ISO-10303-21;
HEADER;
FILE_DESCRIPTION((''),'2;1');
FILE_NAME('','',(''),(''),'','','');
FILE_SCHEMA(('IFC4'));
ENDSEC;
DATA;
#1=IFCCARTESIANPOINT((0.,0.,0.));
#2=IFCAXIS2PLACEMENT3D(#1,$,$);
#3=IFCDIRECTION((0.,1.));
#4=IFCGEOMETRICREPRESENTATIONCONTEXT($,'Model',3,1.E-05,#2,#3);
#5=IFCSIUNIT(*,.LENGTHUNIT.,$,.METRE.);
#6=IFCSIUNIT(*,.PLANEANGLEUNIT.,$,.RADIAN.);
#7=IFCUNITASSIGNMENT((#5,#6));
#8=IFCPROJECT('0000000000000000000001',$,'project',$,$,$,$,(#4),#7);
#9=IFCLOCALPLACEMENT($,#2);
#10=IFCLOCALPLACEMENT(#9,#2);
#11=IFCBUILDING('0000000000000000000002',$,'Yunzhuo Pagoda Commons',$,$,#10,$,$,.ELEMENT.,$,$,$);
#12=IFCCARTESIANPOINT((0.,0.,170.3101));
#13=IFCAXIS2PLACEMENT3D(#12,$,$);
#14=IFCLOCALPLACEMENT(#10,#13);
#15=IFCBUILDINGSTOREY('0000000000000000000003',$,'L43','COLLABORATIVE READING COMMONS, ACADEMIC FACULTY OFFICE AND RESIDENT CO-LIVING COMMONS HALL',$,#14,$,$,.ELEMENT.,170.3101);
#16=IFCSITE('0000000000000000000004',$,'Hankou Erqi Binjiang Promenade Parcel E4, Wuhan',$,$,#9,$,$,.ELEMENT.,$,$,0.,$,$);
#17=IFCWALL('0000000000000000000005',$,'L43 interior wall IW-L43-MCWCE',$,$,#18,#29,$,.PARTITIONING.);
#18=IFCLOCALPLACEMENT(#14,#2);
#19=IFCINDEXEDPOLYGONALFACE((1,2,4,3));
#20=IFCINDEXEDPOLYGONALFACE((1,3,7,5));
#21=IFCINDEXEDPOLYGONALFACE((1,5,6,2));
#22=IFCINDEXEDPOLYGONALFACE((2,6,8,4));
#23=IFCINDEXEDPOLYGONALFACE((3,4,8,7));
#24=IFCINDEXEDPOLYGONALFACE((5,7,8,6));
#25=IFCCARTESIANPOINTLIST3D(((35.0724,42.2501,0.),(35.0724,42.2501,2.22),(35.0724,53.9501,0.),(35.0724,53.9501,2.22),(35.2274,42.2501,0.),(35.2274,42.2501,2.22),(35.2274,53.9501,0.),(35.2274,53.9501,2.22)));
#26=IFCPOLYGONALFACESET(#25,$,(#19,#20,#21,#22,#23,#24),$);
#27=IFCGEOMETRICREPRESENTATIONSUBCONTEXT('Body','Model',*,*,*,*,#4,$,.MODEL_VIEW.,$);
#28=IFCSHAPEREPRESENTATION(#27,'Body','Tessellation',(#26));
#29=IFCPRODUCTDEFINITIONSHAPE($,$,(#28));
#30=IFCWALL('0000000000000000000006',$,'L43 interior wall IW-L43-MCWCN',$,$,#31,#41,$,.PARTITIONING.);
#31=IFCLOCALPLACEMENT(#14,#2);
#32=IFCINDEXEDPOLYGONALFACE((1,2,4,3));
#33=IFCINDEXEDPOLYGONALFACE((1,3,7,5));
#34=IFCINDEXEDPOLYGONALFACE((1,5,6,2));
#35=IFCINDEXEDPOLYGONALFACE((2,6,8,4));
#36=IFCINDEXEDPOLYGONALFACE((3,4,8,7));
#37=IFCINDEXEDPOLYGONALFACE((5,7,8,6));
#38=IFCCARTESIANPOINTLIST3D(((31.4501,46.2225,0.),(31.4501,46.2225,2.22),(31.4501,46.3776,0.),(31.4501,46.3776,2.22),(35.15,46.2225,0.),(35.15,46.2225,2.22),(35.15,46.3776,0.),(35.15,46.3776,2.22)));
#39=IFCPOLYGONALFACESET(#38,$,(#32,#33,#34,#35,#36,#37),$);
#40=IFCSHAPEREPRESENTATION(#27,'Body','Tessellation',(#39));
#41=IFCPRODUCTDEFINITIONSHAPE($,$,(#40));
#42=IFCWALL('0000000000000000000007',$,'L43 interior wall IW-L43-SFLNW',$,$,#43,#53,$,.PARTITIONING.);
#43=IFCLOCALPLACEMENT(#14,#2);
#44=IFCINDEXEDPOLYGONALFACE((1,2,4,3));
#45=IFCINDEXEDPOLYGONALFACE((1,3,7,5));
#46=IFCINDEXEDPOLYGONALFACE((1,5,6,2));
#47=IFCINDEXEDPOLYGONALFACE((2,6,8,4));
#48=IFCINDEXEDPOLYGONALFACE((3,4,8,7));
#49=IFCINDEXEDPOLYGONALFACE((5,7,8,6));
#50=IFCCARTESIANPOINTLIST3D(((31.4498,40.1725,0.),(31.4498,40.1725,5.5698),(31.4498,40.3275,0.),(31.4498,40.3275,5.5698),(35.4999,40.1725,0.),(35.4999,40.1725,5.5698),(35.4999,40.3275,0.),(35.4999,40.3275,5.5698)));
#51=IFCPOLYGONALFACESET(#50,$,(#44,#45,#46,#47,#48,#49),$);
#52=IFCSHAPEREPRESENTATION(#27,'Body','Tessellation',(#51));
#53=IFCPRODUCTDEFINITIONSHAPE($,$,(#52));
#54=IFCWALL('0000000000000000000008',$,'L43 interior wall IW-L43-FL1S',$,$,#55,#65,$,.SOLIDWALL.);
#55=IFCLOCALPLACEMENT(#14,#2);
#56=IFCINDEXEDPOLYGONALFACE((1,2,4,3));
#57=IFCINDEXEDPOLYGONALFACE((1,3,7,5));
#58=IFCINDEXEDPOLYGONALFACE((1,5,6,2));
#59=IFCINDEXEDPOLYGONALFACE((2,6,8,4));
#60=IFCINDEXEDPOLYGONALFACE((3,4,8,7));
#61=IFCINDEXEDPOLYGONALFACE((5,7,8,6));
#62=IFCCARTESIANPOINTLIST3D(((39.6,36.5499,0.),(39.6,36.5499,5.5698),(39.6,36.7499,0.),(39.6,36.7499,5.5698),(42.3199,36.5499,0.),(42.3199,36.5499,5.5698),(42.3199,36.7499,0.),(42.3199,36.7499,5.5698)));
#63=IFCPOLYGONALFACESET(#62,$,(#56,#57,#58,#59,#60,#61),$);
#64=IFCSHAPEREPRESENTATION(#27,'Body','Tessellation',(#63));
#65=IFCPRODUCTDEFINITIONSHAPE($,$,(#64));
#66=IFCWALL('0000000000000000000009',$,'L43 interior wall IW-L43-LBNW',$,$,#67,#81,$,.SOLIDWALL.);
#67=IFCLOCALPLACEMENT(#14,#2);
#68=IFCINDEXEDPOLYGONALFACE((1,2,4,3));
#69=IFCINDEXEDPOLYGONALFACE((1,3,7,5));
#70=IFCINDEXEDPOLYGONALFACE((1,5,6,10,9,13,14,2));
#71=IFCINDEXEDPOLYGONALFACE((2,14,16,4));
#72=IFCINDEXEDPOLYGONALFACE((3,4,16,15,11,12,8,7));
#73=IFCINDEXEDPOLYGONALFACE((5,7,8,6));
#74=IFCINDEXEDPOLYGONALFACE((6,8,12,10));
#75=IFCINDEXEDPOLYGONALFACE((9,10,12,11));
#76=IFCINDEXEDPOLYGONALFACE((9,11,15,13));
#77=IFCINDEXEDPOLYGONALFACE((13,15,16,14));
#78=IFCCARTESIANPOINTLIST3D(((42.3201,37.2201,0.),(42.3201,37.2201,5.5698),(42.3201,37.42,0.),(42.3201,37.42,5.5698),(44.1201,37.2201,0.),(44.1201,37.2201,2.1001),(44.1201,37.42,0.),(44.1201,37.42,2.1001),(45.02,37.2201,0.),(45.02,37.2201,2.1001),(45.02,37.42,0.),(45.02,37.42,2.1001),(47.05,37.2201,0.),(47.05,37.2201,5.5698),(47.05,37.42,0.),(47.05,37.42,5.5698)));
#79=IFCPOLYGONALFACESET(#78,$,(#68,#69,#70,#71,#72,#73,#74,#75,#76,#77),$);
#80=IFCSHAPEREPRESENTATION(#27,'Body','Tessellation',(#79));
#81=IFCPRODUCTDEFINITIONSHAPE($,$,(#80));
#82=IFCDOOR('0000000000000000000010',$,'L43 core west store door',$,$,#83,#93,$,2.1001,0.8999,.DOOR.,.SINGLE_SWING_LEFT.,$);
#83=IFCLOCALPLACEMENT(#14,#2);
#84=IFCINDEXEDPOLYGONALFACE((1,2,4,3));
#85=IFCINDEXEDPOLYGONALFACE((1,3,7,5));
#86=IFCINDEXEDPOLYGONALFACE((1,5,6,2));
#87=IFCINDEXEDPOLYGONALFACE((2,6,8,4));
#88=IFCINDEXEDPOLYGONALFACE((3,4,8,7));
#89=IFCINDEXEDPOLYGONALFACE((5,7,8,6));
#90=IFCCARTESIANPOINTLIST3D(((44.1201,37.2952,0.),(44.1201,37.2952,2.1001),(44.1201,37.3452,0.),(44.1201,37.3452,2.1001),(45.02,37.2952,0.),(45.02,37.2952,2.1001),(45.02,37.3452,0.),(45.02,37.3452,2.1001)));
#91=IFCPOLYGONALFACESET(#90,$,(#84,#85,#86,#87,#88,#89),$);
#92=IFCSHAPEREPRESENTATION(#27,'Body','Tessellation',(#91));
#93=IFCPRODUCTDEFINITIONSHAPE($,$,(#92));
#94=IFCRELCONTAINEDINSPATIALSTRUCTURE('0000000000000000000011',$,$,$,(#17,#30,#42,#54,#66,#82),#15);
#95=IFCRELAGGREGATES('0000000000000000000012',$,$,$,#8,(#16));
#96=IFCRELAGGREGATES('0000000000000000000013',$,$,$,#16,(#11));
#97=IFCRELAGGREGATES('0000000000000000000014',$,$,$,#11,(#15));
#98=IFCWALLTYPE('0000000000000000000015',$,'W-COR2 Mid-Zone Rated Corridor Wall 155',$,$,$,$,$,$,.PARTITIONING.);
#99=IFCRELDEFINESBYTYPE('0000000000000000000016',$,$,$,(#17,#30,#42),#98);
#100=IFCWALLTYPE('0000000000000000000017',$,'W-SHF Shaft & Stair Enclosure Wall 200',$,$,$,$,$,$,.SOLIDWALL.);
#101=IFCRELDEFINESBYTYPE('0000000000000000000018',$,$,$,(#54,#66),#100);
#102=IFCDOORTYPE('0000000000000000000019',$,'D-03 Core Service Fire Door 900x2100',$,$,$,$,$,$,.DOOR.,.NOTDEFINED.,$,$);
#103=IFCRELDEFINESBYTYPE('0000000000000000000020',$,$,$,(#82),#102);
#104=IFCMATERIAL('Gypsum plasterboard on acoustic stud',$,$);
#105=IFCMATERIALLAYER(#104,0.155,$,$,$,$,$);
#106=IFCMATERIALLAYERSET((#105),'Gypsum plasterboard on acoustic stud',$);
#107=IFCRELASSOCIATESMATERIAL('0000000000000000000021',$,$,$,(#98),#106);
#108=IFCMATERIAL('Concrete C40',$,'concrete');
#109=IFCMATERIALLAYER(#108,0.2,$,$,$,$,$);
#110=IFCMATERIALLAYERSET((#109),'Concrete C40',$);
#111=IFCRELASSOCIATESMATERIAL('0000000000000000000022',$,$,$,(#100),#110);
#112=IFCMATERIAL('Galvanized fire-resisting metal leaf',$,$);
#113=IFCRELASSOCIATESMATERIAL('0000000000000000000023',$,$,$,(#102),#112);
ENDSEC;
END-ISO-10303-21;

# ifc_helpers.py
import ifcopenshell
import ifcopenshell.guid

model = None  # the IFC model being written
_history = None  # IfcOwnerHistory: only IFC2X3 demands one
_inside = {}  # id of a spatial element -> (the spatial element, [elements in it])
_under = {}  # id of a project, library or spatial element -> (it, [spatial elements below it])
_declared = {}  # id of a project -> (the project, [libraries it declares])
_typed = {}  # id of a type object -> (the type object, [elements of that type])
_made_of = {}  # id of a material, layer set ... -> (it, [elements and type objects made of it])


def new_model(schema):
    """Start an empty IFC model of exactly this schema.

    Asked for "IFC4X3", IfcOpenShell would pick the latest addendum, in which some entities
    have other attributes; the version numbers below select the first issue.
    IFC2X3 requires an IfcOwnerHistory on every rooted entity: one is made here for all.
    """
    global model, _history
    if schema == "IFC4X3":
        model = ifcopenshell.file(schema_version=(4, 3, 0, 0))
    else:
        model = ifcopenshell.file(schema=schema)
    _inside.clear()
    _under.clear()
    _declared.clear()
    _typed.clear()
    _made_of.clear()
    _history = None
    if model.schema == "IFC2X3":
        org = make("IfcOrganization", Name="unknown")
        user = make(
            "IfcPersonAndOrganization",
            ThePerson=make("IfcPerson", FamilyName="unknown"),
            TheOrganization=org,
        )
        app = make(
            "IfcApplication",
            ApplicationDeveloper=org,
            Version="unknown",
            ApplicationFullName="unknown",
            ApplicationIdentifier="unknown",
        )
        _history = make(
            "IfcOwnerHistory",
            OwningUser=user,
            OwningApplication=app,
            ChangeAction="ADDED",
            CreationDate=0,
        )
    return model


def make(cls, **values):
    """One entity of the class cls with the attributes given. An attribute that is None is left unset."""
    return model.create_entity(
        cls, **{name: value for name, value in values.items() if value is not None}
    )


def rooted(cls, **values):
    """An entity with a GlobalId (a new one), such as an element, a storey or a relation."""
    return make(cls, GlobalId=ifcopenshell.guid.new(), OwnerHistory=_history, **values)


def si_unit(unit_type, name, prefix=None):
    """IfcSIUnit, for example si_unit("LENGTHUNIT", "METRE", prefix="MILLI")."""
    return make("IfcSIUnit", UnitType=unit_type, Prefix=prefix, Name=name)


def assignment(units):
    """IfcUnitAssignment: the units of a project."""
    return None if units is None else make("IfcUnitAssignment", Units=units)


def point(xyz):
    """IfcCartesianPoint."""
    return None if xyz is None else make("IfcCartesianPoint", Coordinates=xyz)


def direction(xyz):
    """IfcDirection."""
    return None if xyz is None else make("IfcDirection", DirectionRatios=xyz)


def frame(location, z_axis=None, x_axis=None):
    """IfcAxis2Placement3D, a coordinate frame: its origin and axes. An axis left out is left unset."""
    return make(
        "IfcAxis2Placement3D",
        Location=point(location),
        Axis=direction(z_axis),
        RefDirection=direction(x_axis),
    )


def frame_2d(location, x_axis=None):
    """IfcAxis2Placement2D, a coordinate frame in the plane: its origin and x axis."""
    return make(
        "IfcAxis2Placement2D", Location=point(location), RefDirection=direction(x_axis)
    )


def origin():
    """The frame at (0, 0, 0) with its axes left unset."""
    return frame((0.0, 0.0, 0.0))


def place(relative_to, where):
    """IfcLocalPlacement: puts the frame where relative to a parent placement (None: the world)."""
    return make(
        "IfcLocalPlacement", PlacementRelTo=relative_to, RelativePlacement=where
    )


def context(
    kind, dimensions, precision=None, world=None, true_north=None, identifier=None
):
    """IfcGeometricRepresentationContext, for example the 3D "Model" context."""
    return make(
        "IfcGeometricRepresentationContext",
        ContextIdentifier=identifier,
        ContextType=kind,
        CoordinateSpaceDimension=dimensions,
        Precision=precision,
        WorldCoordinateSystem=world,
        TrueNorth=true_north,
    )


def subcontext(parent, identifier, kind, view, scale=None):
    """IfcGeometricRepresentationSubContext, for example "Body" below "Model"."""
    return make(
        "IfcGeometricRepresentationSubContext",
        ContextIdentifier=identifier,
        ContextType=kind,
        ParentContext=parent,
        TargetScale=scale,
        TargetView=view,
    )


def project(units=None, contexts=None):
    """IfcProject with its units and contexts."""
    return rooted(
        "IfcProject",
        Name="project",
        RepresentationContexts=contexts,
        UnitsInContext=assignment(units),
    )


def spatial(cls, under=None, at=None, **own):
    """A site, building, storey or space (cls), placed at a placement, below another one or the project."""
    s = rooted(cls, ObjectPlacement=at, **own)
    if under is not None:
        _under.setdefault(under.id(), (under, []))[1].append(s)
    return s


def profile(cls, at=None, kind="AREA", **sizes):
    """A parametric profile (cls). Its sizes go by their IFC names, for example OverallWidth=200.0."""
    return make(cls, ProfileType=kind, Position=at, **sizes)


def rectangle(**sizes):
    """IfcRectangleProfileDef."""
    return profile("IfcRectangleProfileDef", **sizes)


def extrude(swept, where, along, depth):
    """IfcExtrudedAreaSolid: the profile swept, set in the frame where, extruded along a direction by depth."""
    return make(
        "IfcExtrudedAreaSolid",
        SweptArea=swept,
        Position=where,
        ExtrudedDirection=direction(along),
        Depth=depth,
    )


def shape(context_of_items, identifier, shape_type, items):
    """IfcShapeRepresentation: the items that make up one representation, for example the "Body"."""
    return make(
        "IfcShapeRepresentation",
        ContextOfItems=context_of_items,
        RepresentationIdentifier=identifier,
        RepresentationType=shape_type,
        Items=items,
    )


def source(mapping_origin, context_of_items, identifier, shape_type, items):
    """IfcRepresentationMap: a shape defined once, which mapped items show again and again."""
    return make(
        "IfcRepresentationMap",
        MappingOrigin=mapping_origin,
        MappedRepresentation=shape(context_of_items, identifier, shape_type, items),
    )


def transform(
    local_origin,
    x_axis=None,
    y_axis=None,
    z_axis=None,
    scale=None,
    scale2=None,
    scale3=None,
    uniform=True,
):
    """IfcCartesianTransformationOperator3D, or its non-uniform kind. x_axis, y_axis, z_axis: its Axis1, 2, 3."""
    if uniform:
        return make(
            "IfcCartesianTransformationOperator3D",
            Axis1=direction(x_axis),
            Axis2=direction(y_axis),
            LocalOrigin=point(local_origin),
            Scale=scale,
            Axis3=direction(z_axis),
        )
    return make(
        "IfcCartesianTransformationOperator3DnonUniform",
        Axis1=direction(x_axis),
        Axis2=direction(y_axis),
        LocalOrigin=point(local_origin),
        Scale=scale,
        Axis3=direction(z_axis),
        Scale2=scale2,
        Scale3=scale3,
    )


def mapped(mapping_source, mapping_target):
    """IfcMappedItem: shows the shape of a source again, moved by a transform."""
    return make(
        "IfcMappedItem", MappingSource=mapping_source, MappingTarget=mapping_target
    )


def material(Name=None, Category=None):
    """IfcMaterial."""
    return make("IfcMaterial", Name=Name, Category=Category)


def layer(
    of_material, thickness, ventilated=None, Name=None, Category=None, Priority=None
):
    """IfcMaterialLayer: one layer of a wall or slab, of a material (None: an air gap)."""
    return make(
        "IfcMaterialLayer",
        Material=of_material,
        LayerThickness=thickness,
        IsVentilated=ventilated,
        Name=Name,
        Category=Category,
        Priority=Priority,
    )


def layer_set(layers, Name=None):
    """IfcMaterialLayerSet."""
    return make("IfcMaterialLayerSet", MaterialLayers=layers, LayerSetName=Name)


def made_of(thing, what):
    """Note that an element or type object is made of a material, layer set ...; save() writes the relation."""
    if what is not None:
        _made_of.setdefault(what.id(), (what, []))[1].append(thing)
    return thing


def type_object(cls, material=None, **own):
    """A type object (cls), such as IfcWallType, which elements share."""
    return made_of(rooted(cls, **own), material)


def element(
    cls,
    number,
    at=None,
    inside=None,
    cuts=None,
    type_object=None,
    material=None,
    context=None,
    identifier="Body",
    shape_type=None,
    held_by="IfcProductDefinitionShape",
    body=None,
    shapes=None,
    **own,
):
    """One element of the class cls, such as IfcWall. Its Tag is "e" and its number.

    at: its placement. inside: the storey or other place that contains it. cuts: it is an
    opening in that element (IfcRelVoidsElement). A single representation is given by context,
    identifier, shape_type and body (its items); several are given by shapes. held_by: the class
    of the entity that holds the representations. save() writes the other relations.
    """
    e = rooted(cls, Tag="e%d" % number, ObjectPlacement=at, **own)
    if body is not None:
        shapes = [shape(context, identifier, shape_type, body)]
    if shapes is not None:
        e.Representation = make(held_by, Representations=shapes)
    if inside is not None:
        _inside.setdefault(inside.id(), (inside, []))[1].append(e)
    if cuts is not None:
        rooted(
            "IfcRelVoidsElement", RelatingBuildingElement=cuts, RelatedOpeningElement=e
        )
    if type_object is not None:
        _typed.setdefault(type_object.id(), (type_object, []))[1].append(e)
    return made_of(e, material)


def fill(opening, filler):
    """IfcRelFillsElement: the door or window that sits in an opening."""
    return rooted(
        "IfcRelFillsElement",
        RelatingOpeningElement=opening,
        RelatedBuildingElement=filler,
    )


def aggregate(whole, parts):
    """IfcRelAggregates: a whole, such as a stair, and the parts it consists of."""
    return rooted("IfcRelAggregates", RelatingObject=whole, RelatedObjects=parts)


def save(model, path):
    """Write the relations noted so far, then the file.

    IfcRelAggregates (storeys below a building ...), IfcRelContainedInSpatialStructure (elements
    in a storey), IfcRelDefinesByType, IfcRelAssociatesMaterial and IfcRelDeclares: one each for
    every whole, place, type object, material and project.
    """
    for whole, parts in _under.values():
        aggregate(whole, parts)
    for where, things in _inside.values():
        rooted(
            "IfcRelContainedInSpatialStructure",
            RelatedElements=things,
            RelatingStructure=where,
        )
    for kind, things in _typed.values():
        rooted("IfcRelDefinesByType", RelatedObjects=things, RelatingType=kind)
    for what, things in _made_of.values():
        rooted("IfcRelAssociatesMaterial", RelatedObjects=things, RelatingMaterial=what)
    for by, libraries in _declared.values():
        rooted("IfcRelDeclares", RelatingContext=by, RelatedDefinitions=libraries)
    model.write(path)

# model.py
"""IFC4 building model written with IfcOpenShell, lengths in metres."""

from ifc_helpers import new_model, si_unit, direction, frame, frame_2d, origin, place, context, subcontext, project, spatial, rectangle, extrude, source, transform, mapped, material, layer, layer_set, type_object, element, fill, save


model = new_model("IFC4")

# Units and contexts
model_context = context("Model", 3, precision=1e-05, world=origin(), true_north=direction((0.0, 1.0)))
body_context = subcontext(model_context, "Body", "Model", "MODEL_VIEW")
ifc_project = project(units=[si_unit("LENGTHUNIT", "METRE"), si_unit("PLANEANGLEUNIT", "RADIAN")], contexts=[model_context])

# Site, building, storey
site_placement = place(None, origin())
site = spatial("IfcSite", under=ifc_project, at=site_placement, Name="Hankou Erqi Binjiang Promenade Parcel E4, Wuhan", CompositionType="ELEMENT", RefElevation=0.0)
building_placement = place(site_placement, origin())
building = spatial("IfcBuilding", under=site, at=building_placement, Name="Yunzhuo Pagoda Commons", CompositionType="ELEMENT")
storey_placement = place(building_placement, frame((0.0, 0.0, 170.3101)))
storey = spatial("IfcBuildingStorey", under=building, at=storey_placement, Name="L43", Description="COLLABORATIVE READING COMMONS, ACADEMIC FACULTY OFFICE AND RESIDENT CO-LIVING COMMONS HALL", CompositionType="ELEMENT", Elevation=170.3101)

# Shared definitions
ifc_material_1 = material(Name="Galvanized fire-resisting metal leaf")

# Shared definitions
ifc_material_2 = material(Name="Gypsum plasterboard on acoustic stud")
ifc_layer_1 = layer(ifc_material_2, 0.155)
ifc_layer_set_1 = layer_set([ifc_layer_1], Name="Gypsum plasterboard on acoustic stud")
wall_type_1 = type_object("IfcWallType", Name="W-COR2 Mid-Zone Rated Corridor Wall 155", PredefinedType="PARTITIONING", material=ifc_layer_set_1)

# Walls
wall_1_placement = place(storey_placement, frame((35.1499, 42.25, 0.0), z_axis=(0.0, 0.0, 1.0), x_axis=(0.0, 1.0, 0.0)))
element("IfcWall", 1, at=wall_1_placement, inside=storey, type_object=wall_type_1, Name="L43 interior wall IW-L43-MCWCE", PredefinedType="PARTITIONING", context=body_context, shape_type="SweptSolid", body=[
    extrude(rectangle(XDim=11.7, YDim=0.155, at=frame_2d((5.8501, 0.0))), origin(), (0.0, 0.0, 1.0), 2.22),
])
wall_2_placement = place(storey_placement, frame((31.45, 46.3, 0.0), z_axis=(0.0, 0.0, 1.0), x_axis=(1.0, 0.0, 0.0)))
element("IfcWall", 2, at=wall_2_placement, inside=storey, type_object=wall_type_1, Name="L43 interior wall IW-L43-MCWCN", PredefinedType="PARTITIONING", context=body_context, shape_type="SweptSolid", body=[
    extrude(rectangle(XDim=3.7, YDim=0.155, at=frame_2d((1.8501, 0.0))), origin(), (0.0, 0.0, 1.0), 2.22),
])
wall_3_placement = place(storey_placement, frame((31.45, 40.25, 0.0), z_axis=(0.0, 0.0, 1.0), x_axis=(1.0, 0.0, 0.0)))
element("IfcWall", 3, at=wall_3_placement, inside=storey, type_object=wall_type_1, Name="L43 interior wall IW-L43-SFLNW", PredefinedType="PARTITIONING", context=body_context, shape_type="SweptSolid", body=[
    extrude(rectangle(XDim=4.05, YDim=0.155, at=frame_2d((2.0249, 0.0))), origin(), (0.0, 0.0, 1.0), 5.5698),
])
ifc_material_3 = material(Name="Concrete C40", Category="concrete")
ifc_layer_2 = layer(ifc_material_3, 0.2)
ifc_layer_set_2 = layer_set([ifc_layer_2], Name="Concrete C40")
wall_type_2 = type_object("IfcWallType", Name="W-SHF Shaft & Stair Enclosure Wall 200", PredefinedType="SOLIDWALL", material=ifc_layer_set_2)
wall_4_placement = place(storey_placement, frame((39.6001, 36.6499, 0.0), z_axis=(0.0, 0.0, 1.0), x_axis=(1.0, 0.0, 0.0)))
element("IfcWall", 4, at=wall_4_placement, inside=storey, type_object=wall_type_2, Name="L43 interior wall IW-L43-FL1S", PredefinedType="SOLIDWALL", context=body_context, shape_type="SweptSolid", body=[
    extrude(rectangle(XDim=2.72, YDim=0.2, at=frame_2d((1.3599, 0.0))), origin(), (0.0, 0.0, 1.0), 5.5698),
])

# Wall, opening, door
wall_5_placement = place(storey_placement, frame((42.3201, 37.3201, 0.0), z_axis=(0.0, 0.0, 1.0), x_axis=(1.0, 0.0, 0.0)))
wall_5 = element("IfcWall", 5, at=wall_5_placement, inside=storey, type_object=wall_type_2, Name="L43 interior wall IW-L43-LBNW", PredefinedType="SOLIDWALL", context=body_context, shape_type="SweptSolid", body=[
    extrude(rectangle(XDim=4.73, YDim=0.2, at=frame_2d((2.365, 0.0))), origin(), (0.0, 0.0, 1.0), 5.5698),
])
opening_1_placement = place(wall_5_placement, frame((1.8, 0.0, 0.0)))
opening_1 = element("IfcOpeningElement", 6, at=opening_1_placement, cuts=wall_5, PredefinedType="OPENING", context=body_context, shape_type="SweptSolid", body=[
    extrude(rectangle(XDim=0.8999, YDim=2.1001, at=frame_2d((0.45, 1.05))), frame((0.0, 0.1099, 0.0), z_axis=(0.0, -1.0, 0.0), x_axis=(1.0, 0.0, 0.0)), (0.0, 0.0, 1.0), 0.22),
])
door_type_1 = type_object("IfcDoorType", Name="D-03 Core Service Fire Door 900x2100", OperationType="NOTDEFINED", PredefinedType="DOOR", material=ifc_material_1)
shared_shape_1 = source(origin(), body_context, "Body", "SweptSolid", [
    extrude(rectangle(XDim=0.8999, YDim=2.1001, at=frame_2d((0.45, 1.05))), frame((0.0, 0.0249, 0.0), z_axis=(0.0, -1.0, 0.0), x_axis=(1.0, 0.0, 0.0)), (0.0, 0.0, 1.0), 0.05),
])
door_1_placement = place(opening_1_placement, frame((0.8999, 0.0, 0.0), z_axis=(0.0, 0.0, 1.0), x_axis=(-1.0, 0.0, 0.0)))
door_1 = element("IfcDoor", 7, at=door_1_placement, inside=storey, type_object=door_type_1, Name="L43 core west store door", OperationType="SINGLE_SWING_LEFT", OverallHeight=2.1001, OverallWidth=0.8999, PredefinedType="DOOR", context=body_context, shape_type="MappedRepresentation", body=[
    mapped(shared_shape_1, transform((0.0, 0.0, 0.0), scale=1.0)),
])
fill(opening_1, door_1)

save(model, "model.ifc")
